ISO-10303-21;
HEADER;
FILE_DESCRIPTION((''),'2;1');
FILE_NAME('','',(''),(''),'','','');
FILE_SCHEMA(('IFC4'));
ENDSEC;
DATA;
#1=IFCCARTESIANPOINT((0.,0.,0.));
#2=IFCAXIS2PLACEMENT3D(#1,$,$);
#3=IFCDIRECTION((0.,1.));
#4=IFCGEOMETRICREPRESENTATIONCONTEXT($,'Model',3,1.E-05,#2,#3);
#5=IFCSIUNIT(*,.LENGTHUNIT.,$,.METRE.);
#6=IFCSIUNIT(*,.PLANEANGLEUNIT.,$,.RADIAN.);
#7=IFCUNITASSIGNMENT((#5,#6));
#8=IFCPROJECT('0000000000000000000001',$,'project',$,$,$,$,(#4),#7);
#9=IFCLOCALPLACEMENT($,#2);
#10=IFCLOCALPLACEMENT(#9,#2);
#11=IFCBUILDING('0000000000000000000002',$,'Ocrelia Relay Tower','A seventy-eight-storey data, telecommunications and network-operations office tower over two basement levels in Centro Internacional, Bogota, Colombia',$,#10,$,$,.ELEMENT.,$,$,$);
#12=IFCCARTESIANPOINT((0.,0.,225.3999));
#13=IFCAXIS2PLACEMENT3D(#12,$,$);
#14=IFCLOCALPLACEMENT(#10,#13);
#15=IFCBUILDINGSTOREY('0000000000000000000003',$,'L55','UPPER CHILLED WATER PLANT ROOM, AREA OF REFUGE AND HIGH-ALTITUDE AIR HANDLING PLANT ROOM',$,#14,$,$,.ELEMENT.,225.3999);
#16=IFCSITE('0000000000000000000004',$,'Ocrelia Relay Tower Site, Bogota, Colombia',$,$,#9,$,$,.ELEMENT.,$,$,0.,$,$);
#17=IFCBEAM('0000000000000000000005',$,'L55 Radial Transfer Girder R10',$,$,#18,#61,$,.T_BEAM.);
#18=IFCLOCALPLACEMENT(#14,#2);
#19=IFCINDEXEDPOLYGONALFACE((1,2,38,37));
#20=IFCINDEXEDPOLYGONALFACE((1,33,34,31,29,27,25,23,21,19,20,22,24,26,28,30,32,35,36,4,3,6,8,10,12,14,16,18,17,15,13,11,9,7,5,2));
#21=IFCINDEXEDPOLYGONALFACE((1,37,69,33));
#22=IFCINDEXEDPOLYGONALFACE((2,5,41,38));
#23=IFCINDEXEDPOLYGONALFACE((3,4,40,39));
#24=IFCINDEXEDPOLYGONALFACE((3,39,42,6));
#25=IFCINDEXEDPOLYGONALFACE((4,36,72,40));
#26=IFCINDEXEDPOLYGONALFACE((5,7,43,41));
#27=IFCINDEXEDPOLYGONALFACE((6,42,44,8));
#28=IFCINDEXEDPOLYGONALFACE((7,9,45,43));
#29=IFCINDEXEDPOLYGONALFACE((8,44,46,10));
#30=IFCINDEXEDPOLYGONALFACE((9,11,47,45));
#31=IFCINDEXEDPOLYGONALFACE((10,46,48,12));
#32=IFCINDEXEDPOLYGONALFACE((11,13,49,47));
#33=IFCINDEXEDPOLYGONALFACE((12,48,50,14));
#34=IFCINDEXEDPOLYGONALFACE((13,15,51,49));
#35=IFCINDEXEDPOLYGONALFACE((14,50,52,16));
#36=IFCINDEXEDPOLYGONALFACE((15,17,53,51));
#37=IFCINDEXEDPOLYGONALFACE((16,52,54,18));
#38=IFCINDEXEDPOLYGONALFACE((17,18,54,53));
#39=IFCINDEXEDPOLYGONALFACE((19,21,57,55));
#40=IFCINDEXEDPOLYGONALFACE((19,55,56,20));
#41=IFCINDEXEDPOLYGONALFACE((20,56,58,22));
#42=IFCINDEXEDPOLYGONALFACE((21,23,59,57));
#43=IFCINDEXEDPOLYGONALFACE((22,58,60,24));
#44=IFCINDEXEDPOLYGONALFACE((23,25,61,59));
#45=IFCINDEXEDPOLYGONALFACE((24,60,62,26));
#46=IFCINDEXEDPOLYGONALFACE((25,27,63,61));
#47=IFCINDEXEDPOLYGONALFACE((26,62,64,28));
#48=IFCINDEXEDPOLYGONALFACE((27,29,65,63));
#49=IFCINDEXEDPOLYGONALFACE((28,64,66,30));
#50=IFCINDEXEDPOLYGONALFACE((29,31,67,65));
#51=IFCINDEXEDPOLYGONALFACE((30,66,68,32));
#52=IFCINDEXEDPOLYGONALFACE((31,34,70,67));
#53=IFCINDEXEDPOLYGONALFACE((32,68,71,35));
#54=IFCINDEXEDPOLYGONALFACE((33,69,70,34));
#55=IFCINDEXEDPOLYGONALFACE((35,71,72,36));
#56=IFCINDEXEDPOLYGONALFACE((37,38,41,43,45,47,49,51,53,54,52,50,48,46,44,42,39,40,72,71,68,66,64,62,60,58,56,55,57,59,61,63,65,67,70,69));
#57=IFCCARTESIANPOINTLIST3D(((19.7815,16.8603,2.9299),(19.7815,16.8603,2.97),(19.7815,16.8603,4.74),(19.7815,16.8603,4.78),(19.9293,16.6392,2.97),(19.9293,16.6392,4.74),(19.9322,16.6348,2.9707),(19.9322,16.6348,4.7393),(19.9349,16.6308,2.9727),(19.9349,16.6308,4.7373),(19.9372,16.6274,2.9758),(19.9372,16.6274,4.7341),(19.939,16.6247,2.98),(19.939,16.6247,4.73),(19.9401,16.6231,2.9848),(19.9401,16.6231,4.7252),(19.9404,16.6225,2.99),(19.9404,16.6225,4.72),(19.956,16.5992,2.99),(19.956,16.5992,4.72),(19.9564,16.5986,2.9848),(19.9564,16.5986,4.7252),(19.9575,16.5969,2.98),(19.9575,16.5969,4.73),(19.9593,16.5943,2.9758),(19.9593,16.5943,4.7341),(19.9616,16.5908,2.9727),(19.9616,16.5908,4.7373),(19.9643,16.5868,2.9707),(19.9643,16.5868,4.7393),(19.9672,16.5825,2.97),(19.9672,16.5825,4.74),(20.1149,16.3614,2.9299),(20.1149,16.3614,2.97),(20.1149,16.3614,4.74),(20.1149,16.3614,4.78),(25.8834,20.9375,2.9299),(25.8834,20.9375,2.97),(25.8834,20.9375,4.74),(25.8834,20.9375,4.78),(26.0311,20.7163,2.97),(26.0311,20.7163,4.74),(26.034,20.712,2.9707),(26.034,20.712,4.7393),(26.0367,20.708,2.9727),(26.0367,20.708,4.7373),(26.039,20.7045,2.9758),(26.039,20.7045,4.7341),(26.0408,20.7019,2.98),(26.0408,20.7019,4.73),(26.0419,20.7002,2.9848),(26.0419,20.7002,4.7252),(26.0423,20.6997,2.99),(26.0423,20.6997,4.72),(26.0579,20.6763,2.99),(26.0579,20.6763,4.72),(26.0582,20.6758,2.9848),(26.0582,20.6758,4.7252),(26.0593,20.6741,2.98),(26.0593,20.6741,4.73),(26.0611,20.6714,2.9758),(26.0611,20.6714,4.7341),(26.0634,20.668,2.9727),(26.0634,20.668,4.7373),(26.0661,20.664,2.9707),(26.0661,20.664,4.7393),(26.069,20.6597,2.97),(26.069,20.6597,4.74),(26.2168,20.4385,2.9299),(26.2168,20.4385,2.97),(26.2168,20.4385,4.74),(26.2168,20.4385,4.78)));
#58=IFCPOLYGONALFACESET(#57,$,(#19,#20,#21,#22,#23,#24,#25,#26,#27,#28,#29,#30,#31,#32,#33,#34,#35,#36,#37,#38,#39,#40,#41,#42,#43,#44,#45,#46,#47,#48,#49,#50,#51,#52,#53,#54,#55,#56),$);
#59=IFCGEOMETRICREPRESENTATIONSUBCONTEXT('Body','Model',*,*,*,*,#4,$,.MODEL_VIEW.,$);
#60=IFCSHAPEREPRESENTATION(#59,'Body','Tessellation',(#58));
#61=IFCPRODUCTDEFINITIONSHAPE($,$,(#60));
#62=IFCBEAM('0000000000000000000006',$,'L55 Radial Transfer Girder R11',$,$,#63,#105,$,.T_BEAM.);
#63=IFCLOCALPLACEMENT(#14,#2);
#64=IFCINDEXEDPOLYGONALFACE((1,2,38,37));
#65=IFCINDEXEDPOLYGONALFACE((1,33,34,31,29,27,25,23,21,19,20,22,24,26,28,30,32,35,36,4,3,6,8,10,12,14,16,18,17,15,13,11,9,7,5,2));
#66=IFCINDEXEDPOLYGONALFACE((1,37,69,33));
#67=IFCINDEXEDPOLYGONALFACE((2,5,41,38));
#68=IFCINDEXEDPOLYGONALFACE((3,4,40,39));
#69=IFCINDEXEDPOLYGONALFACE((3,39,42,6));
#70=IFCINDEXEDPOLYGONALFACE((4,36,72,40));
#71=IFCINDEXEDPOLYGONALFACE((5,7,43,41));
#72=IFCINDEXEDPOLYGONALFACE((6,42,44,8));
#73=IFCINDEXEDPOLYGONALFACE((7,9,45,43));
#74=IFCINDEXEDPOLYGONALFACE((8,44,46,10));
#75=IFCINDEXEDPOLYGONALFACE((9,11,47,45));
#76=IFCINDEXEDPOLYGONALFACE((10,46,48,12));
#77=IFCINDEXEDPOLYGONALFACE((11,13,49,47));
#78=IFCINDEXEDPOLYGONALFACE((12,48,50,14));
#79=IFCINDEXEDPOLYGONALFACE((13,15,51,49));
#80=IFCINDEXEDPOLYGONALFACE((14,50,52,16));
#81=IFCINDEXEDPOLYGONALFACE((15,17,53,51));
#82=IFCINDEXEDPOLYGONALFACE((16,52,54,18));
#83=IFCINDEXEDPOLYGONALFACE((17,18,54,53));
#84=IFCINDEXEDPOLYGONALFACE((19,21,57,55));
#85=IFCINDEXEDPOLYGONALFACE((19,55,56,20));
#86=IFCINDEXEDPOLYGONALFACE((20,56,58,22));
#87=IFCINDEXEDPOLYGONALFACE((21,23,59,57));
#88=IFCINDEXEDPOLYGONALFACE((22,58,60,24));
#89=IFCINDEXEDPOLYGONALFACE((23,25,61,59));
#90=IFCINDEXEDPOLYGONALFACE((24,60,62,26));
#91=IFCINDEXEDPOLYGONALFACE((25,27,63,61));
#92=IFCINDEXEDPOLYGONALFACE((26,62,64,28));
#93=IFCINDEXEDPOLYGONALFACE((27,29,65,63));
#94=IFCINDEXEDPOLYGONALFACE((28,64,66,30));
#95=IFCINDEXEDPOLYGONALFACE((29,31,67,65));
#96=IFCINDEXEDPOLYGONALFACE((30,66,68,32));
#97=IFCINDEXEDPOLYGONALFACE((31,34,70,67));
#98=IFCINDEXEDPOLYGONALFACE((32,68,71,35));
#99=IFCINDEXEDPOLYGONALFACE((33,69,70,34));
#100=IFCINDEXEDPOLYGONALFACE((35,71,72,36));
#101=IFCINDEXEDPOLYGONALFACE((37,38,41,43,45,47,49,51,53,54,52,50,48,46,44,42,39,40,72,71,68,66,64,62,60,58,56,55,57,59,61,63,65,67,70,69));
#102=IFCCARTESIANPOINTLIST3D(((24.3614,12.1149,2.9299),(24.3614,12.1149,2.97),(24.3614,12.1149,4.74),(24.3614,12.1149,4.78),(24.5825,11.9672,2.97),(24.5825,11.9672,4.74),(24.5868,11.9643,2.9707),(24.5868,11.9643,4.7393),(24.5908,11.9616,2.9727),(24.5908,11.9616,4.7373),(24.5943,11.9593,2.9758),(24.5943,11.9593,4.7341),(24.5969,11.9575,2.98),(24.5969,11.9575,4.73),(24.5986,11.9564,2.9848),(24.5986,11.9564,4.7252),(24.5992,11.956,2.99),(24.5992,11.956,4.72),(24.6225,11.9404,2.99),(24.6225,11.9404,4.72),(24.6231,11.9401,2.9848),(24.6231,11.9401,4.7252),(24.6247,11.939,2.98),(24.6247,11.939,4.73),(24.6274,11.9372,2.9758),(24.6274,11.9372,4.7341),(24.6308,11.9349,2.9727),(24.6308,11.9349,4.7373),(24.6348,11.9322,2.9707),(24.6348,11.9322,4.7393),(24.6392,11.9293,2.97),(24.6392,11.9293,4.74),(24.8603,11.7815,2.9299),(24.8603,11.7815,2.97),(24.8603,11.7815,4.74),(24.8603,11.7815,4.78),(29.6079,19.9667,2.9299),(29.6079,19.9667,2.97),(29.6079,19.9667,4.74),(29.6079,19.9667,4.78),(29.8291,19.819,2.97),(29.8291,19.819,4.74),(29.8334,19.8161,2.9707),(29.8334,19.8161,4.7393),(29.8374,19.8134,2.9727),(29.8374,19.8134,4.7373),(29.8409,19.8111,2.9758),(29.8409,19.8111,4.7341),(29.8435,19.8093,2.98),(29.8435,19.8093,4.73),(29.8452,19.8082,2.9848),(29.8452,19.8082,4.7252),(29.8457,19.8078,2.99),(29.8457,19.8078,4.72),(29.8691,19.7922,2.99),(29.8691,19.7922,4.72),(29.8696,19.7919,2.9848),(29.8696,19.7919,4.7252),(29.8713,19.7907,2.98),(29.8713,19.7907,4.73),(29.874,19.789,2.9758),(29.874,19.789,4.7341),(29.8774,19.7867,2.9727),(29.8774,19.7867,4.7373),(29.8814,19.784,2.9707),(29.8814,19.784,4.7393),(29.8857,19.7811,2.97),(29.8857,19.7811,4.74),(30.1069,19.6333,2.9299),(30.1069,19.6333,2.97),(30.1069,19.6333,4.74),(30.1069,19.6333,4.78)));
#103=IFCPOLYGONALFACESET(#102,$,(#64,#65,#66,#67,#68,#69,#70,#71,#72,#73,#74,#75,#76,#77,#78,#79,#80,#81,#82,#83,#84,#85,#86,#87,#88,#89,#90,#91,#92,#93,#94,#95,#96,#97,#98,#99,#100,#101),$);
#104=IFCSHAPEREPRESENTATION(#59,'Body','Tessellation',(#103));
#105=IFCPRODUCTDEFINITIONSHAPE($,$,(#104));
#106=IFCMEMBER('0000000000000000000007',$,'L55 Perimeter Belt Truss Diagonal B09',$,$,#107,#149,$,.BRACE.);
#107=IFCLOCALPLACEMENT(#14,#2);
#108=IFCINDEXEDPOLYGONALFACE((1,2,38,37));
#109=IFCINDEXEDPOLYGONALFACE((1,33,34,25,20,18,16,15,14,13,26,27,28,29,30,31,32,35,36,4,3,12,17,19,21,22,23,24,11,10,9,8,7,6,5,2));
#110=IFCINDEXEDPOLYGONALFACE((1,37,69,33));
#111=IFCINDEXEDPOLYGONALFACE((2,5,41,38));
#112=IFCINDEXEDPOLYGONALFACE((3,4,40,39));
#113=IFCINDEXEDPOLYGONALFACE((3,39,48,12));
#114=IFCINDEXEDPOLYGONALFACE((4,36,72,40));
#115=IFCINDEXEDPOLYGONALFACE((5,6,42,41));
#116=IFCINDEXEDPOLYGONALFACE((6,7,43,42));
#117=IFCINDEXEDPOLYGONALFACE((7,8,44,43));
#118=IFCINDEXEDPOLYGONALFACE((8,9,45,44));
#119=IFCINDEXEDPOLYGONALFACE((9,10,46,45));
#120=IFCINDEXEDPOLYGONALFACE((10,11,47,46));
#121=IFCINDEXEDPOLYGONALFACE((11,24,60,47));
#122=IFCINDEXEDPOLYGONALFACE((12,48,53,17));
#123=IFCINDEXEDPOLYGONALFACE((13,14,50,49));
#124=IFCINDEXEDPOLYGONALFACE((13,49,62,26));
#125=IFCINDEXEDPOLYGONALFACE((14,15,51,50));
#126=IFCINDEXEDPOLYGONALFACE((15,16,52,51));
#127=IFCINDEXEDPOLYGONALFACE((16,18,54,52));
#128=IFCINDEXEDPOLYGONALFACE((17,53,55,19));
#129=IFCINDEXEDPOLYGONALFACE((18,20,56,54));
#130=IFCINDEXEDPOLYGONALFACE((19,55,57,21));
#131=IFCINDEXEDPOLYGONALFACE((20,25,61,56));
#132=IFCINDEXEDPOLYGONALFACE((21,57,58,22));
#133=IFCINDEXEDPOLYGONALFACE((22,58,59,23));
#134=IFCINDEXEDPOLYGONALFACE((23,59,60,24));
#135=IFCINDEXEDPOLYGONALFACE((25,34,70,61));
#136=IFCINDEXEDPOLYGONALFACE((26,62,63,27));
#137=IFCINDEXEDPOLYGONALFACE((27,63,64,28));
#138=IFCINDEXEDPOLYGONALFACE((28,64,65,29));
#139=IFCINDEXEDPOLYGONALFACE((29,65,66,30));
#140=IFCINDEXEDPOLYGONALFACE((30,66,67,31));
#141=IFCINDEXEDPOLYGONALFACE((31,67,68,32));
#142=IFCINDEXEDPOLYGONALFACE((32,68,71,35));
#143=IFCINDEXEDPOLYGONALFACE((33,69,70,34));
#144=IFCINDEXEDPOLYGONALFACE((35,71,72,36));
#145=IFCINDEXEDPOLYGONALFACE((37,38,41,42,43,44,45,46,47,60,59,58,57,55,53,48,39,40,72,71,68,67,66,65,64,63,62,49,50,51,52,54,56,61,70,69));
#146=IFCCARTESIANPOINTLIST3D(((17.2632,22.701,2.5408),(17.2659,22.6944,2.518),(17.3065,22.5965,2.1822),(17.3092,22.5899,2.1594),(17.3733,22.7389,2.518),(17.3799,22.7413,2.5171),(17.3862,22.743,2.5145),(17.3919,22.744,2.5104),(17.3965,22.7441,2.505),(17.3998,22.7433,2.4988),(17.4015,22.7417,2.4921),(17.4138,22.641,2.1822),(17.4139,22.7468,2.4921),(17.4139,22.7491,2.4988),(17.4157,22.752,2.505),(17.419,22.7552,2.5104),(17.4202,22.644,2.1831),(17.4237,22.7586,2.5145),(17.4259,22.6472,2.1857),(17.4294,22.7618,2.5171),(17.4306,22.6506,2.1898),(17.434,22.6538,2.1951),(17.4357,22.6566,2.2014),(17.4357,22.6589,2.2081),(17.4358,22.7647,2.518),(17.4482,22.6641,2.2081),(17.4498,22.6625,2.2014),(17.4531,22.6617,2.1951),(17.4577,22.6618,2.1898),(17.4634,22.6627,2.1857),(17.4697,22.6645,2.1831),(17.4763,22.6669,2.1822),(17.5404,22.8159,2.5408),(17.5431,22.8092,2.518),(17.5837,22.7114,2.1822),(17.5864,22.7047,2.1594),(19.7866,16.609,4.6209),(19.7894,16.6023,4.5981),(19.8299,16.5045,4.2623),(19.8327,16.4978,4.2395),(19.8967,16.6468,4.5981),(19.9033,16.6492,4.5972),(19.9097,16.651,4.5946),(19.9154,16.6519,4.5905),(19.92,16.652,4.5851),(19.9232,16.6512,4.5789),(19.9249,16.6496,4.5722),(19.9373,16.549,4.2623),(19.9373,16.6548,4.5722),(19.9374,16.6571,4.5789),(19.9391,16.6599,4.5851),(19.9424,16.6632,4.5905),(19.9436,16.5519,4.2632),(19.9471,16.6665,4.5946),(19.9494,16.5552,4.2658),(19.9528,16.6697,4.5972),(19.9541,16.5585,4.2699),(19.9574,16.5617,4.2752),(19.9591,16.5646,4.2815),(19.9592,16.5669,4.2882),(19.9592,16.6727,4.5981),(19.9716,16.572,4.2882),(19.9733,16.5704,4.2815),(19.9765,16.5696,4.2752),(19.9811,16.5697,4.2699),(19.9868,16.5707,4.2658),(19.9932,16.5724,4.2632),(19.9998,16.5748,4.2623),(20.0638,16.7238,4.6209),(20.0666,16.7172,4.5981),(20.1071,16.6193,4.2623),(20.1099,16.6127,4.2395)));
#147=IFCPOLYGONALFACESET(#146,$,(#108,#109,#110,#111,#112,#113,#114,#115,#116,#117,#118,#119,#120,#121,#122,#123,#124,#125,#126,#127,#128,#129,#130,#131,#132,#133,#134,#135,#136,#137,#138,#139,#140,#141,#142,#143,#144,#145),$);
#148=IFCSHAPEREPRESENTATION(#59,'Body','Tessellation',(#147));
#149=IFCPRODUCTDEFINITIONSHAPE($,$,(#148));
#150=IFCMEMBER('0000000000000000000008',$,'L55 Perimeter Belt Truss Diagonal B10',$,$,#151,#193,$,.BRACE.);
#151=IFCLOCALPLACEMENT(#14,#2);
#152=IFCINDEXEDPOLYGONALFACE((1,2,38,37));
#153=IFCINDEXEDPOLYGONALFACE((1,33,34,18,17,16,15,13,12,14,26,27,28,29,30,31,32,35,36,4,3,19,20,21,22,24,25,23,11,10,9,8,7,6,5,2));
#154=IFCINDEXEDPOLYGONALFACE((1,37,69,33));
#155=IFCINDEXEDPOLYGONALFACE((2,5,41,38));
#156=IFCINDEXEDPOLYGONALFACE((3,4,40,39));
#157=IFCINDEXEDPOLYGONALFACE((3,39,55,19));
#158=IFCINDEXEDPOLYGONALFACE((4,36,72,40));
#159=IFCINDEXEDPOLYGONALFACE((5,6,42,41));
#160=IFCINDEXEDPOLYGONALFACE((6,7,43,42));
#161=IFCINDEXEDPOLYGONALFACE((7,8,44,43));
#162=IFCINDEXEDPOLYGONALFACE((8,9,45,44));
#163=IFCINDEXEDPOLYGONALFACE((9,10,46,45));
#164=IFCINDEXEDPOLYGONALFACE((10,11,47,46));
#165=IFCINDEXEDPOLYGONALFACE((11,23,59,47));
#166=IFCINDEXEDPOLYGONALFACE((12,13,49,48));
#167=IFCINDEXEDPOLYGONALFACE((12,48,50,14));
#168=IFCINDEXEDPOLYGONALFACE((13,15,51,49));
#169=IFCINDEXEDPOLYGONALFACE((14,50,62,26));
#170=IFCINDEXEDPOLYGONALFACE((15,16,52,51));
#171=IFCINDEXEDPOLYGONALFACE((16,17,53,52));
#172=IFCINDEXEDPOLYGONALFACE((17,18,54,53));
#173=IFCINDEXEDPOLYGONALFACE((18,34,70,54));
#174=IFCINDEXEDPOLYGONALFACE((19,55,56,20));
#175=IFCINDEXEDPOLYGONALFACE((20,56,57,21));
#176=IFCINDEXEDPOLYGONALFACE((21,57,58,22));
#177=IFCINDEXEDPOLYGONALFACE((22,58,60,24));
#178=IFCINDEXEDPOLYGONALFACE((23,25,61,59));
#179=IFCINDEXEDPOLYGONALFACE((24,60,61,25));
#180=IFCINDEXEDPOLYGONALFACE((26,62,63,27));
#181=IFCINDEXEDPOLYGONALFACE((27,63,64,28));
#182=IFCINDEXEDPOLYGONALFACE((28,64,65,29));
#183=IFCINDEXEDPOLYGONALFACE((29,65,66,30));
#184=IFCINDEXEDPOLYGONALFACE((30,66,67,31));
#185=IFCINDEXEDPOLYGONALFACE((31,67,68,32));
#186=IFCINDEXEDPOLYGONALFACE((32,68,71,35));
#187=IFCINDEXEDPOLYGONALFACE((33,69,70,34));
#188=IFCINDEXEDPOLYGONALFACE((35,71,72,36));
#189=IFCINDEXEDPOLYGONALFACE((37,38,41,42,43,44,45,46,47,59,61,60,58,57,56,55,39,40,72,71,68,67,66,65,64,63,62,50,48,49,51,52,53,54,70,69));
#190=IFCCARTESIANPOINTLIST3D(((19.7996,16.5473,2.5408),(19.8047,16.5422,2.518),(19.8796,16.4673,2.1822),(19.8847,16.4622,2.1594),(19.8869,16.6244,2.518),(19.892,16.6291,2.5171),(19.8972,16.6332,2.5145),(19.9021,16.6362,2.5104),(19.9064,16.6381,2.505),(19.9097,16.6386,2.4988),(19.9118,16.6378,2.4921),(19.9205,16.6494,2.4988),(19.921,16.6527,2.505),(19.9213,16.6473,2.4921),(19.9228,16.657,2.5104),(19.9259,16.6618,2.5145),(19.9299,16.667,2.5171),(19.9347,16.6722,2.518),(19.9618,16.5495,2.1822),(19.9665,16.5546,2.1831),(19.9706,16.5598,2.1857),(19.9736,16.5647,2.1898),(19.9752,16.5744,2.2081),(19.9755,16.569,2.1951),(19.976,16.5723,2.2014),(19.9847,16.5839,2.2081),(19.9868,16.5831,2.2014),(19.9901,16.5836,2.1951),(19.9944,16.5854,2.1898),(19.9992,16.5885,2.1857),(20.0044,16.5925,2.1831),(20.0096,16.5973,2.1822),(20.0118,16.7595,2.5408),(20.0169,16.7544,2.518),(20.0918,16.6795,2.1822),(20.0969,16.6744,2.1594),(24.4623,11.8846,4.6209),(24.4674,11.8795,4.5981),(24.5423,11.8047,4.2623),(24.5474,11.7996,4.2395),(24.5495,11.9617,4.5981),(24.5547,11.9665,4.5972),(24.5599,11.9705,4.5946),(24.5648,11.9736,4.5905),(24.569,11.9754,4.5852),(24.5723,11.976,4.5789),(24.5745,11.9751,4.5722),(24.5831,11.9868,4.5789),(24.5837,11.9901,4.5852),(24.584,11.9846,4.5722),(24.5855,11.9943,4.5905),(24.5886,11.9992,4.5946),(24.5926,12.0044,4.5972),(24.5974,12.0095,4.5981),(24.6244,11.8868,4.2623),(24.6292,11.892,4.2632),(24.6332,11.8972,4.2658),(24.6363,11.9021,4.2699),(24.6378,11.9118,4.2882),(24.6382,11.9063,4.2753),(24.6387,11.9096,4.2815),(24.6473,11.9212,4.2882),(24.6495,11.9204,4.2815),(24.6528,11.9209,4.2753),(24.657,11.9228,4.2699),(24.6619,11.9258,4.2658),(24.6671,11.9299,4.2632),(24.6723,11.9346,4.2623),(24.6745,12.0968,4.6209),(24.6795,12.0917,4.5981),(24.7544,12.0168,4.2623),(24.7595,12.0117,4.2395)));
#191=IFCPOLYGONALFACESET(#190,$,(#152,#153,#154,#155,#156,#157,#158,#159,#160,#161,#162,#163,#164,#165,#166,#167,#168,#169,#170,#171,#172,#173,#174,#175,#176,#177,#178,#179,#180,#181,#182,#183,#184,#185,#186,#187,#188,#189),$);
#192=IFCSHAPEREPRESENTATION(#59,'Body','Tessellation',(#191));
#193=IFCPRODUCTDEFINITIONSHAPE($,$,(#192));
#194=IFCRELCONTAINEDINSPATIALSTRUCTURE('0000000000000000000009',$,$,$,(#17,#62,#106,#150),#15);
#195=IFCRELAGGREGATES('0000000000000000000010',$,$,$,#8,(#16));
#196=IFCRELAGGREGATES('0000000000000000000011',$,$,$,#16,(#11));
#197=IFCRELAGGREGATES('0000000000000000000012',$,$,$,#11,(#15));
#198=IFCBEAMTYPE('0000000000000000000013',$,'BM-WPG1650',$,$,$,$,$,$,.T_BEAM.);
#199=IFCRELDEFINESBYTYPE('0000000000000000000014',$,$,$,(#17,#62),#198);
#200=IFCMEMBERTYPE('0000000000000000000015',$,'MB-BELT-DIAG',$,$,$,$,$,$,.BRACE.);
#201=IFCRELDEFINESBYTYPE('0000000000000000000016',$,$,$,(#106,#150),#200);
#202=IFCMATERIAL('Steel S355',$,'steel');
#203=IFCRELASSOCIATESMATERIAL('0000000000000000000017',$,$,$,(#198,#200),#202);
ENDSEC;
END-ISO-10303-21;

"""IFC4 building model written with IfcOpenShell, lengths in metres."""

from ifc_helpers import new_model, si_unit, direction, frame, origin, origin_2d, place, context, subcontext, project, spatial, i_section, extrude, material, material_profile, profile_set, type_object, element, save


model = new_model("IFC4")

# Units and contexts
model_context = context("Model", 3, precision=1e-05, world=origin(), true_north=direction((0.0, 1.0)))
body_context = subcontext(model_context, "Body", "Model", "MODEL_VIEW")
ifc_project = project(units=[si_unit("LENGTHUNIT", "METRE"), si_unit("PLANEANGLEUNIT", "RADIAN")], contexts=[model_context])

# Site, building, storey
site_placement = place(None, origin())
site = spatial("IfcSite", under=ifc_project, at=site_placement, Name="Ocrelia Relay Tower Site, Bogota, Colombia", CompositionType="ELEMENT", RefElevation=0.0)
building_placement = place(site_placement, origin())
building = spatial("IfcBuilding", under=site, at=building_placement, Name="Ocrelia Relay Tower", Description="A seventy-eight-storey data, telecommunications and network-operations office tower over two basement levels in Centro Internacional, Bogota, Colombia", CompositionType="ELEMENT")
storey_placement = place(building_placement, frame((0.0, 0.0, 225.3999)))
storey = spatial("IfcBuildingStorey", under=building, at=storey_placement, Name="L55", Description="UPPER CHILLED WATER PLANT ROOM, AREA OF REFUGE AND HIGH-ALTITUDE AIR HANDLING PLANT ROOM", CompositionType="ELEMENT", Elevation=225.3999)

# Beams
ifc_material_1 = material(Name="Steel S355", Category="steel")
ifc_material_profile_1 = material_profile(ifc_material_1, i_section(OverallWidth=0.6001, OverallDepth=1.8501, WebThickness=0.0281, FlangeThickness=0.04, FilletRadius=0.02, at=origin_2d()), Name="WPG 1850x600")
ifc_profile_set_1 = profile_set([ifc_material_profile_1], Name="Steel S355")
beam_type_1 = type_object("IfcBeamType", Name="BM-WPG1650", PredefinedType="T_BEAM", material=ifc_profile_set_1)
beam_1_placement = place(storey_placement, frame((19.9482, 16.6108, 3.855), z_axis=(0.831466, 0.555575, 0.0), x_axis=(-0.555575, 0.831466, 0.0)))
element("IfcBeam", 1, at=beam_1_placement, inside=storey, type_object=beam_type_1, Name="L55 Radial Transfer Girder R10", PredefinedType="T_BEAM", context=body_context, shape_type="SweptSolid", body=[
    extrude(i_section(OverallWidth=0.6001, OverallDepth=1.8501, WebThickness=0.0281, FlangeThickness=0.04, FilletRadius=0.02, at=origin_2d()), origin(), (0.0, 0.0, 1.0), 7.3386),
])
beam_2_placement = place(storey_placement, frame((24.6108, 11.9482, 3.855), z_axis=(0.555583, 0.831461, 0.0), x_axis=(-0.831461, 0.555583, 0.0)))
element("IfcBeam", 2, at=beam_2_placement, inside=storey, type_object=beam_type_1, Name="L55 Radial Transfer Girder R11", PredefinedType="T_BEAM", context=body_context, shape_type="SweptSolid", body=[
    extrude(i_section(OverallWidth=0.6001, OverallDepth=1.8501, WebThickness=0.0281, FlangeThickness=0.04, FilletRadius=0.02, at=origin_2d()), origin(), (0.0, 0.0, 1.0), 9.4434),
])

# Members
ifc_material_profile_2 = material_profile(ifc_material_1, i_section(OverallWidth=0.3, OverallDepth=0.3999, WebThickness=0.0134, FlangeThickness=0.0239, FilletRadius=0.0271, at=origin_2d()), Name="HEB 400")
ifc_profile_set_2 = profile_set([ifc_material_profile_2], Name="Steel S355")
member_type_1 = type_object("IfcMemberType", Name="MB-BELT-DIAG", PredefinedType="BRACE", material=ifc_profile_set_2)
for number, where, z_axis, x_axis, name in (
    (3, (17.4248, 22.7029, 2.3501), (0.36496, -0.88108, 0.300837), (0.923878, 0.382688, 0.0), "L55 Perimeter Belt Truss Diagonal B09"),
    (4, (19.9482, 16.6108, 2.3501), (0.67435, -0.67435, 0.300841), (0.707107, 0.707107, 0.0), "L55 Perimeter Belt Truss Diagonal B10"),
):
    element("IfcMember", number, at=place(storey_placement, frame(where, z_axis=z_axis, x_axis=x_axis)), inside=storey, type_object=member_type_1, Name=name, PredefinedType="BRACE", context=body_context, shape_type="SweptSolid", body=[
        extrude(i_section(OverallWidth=0.3, OverallDepth=0.3999, WebThickness=0.0134, FlangeThickness=0.0239, FilletRadius=0.0271, at=origin_2d()), origin(), (0.0, 0.0, 1.0), 6.9143),
    ])

save(model, "model.ifc")
